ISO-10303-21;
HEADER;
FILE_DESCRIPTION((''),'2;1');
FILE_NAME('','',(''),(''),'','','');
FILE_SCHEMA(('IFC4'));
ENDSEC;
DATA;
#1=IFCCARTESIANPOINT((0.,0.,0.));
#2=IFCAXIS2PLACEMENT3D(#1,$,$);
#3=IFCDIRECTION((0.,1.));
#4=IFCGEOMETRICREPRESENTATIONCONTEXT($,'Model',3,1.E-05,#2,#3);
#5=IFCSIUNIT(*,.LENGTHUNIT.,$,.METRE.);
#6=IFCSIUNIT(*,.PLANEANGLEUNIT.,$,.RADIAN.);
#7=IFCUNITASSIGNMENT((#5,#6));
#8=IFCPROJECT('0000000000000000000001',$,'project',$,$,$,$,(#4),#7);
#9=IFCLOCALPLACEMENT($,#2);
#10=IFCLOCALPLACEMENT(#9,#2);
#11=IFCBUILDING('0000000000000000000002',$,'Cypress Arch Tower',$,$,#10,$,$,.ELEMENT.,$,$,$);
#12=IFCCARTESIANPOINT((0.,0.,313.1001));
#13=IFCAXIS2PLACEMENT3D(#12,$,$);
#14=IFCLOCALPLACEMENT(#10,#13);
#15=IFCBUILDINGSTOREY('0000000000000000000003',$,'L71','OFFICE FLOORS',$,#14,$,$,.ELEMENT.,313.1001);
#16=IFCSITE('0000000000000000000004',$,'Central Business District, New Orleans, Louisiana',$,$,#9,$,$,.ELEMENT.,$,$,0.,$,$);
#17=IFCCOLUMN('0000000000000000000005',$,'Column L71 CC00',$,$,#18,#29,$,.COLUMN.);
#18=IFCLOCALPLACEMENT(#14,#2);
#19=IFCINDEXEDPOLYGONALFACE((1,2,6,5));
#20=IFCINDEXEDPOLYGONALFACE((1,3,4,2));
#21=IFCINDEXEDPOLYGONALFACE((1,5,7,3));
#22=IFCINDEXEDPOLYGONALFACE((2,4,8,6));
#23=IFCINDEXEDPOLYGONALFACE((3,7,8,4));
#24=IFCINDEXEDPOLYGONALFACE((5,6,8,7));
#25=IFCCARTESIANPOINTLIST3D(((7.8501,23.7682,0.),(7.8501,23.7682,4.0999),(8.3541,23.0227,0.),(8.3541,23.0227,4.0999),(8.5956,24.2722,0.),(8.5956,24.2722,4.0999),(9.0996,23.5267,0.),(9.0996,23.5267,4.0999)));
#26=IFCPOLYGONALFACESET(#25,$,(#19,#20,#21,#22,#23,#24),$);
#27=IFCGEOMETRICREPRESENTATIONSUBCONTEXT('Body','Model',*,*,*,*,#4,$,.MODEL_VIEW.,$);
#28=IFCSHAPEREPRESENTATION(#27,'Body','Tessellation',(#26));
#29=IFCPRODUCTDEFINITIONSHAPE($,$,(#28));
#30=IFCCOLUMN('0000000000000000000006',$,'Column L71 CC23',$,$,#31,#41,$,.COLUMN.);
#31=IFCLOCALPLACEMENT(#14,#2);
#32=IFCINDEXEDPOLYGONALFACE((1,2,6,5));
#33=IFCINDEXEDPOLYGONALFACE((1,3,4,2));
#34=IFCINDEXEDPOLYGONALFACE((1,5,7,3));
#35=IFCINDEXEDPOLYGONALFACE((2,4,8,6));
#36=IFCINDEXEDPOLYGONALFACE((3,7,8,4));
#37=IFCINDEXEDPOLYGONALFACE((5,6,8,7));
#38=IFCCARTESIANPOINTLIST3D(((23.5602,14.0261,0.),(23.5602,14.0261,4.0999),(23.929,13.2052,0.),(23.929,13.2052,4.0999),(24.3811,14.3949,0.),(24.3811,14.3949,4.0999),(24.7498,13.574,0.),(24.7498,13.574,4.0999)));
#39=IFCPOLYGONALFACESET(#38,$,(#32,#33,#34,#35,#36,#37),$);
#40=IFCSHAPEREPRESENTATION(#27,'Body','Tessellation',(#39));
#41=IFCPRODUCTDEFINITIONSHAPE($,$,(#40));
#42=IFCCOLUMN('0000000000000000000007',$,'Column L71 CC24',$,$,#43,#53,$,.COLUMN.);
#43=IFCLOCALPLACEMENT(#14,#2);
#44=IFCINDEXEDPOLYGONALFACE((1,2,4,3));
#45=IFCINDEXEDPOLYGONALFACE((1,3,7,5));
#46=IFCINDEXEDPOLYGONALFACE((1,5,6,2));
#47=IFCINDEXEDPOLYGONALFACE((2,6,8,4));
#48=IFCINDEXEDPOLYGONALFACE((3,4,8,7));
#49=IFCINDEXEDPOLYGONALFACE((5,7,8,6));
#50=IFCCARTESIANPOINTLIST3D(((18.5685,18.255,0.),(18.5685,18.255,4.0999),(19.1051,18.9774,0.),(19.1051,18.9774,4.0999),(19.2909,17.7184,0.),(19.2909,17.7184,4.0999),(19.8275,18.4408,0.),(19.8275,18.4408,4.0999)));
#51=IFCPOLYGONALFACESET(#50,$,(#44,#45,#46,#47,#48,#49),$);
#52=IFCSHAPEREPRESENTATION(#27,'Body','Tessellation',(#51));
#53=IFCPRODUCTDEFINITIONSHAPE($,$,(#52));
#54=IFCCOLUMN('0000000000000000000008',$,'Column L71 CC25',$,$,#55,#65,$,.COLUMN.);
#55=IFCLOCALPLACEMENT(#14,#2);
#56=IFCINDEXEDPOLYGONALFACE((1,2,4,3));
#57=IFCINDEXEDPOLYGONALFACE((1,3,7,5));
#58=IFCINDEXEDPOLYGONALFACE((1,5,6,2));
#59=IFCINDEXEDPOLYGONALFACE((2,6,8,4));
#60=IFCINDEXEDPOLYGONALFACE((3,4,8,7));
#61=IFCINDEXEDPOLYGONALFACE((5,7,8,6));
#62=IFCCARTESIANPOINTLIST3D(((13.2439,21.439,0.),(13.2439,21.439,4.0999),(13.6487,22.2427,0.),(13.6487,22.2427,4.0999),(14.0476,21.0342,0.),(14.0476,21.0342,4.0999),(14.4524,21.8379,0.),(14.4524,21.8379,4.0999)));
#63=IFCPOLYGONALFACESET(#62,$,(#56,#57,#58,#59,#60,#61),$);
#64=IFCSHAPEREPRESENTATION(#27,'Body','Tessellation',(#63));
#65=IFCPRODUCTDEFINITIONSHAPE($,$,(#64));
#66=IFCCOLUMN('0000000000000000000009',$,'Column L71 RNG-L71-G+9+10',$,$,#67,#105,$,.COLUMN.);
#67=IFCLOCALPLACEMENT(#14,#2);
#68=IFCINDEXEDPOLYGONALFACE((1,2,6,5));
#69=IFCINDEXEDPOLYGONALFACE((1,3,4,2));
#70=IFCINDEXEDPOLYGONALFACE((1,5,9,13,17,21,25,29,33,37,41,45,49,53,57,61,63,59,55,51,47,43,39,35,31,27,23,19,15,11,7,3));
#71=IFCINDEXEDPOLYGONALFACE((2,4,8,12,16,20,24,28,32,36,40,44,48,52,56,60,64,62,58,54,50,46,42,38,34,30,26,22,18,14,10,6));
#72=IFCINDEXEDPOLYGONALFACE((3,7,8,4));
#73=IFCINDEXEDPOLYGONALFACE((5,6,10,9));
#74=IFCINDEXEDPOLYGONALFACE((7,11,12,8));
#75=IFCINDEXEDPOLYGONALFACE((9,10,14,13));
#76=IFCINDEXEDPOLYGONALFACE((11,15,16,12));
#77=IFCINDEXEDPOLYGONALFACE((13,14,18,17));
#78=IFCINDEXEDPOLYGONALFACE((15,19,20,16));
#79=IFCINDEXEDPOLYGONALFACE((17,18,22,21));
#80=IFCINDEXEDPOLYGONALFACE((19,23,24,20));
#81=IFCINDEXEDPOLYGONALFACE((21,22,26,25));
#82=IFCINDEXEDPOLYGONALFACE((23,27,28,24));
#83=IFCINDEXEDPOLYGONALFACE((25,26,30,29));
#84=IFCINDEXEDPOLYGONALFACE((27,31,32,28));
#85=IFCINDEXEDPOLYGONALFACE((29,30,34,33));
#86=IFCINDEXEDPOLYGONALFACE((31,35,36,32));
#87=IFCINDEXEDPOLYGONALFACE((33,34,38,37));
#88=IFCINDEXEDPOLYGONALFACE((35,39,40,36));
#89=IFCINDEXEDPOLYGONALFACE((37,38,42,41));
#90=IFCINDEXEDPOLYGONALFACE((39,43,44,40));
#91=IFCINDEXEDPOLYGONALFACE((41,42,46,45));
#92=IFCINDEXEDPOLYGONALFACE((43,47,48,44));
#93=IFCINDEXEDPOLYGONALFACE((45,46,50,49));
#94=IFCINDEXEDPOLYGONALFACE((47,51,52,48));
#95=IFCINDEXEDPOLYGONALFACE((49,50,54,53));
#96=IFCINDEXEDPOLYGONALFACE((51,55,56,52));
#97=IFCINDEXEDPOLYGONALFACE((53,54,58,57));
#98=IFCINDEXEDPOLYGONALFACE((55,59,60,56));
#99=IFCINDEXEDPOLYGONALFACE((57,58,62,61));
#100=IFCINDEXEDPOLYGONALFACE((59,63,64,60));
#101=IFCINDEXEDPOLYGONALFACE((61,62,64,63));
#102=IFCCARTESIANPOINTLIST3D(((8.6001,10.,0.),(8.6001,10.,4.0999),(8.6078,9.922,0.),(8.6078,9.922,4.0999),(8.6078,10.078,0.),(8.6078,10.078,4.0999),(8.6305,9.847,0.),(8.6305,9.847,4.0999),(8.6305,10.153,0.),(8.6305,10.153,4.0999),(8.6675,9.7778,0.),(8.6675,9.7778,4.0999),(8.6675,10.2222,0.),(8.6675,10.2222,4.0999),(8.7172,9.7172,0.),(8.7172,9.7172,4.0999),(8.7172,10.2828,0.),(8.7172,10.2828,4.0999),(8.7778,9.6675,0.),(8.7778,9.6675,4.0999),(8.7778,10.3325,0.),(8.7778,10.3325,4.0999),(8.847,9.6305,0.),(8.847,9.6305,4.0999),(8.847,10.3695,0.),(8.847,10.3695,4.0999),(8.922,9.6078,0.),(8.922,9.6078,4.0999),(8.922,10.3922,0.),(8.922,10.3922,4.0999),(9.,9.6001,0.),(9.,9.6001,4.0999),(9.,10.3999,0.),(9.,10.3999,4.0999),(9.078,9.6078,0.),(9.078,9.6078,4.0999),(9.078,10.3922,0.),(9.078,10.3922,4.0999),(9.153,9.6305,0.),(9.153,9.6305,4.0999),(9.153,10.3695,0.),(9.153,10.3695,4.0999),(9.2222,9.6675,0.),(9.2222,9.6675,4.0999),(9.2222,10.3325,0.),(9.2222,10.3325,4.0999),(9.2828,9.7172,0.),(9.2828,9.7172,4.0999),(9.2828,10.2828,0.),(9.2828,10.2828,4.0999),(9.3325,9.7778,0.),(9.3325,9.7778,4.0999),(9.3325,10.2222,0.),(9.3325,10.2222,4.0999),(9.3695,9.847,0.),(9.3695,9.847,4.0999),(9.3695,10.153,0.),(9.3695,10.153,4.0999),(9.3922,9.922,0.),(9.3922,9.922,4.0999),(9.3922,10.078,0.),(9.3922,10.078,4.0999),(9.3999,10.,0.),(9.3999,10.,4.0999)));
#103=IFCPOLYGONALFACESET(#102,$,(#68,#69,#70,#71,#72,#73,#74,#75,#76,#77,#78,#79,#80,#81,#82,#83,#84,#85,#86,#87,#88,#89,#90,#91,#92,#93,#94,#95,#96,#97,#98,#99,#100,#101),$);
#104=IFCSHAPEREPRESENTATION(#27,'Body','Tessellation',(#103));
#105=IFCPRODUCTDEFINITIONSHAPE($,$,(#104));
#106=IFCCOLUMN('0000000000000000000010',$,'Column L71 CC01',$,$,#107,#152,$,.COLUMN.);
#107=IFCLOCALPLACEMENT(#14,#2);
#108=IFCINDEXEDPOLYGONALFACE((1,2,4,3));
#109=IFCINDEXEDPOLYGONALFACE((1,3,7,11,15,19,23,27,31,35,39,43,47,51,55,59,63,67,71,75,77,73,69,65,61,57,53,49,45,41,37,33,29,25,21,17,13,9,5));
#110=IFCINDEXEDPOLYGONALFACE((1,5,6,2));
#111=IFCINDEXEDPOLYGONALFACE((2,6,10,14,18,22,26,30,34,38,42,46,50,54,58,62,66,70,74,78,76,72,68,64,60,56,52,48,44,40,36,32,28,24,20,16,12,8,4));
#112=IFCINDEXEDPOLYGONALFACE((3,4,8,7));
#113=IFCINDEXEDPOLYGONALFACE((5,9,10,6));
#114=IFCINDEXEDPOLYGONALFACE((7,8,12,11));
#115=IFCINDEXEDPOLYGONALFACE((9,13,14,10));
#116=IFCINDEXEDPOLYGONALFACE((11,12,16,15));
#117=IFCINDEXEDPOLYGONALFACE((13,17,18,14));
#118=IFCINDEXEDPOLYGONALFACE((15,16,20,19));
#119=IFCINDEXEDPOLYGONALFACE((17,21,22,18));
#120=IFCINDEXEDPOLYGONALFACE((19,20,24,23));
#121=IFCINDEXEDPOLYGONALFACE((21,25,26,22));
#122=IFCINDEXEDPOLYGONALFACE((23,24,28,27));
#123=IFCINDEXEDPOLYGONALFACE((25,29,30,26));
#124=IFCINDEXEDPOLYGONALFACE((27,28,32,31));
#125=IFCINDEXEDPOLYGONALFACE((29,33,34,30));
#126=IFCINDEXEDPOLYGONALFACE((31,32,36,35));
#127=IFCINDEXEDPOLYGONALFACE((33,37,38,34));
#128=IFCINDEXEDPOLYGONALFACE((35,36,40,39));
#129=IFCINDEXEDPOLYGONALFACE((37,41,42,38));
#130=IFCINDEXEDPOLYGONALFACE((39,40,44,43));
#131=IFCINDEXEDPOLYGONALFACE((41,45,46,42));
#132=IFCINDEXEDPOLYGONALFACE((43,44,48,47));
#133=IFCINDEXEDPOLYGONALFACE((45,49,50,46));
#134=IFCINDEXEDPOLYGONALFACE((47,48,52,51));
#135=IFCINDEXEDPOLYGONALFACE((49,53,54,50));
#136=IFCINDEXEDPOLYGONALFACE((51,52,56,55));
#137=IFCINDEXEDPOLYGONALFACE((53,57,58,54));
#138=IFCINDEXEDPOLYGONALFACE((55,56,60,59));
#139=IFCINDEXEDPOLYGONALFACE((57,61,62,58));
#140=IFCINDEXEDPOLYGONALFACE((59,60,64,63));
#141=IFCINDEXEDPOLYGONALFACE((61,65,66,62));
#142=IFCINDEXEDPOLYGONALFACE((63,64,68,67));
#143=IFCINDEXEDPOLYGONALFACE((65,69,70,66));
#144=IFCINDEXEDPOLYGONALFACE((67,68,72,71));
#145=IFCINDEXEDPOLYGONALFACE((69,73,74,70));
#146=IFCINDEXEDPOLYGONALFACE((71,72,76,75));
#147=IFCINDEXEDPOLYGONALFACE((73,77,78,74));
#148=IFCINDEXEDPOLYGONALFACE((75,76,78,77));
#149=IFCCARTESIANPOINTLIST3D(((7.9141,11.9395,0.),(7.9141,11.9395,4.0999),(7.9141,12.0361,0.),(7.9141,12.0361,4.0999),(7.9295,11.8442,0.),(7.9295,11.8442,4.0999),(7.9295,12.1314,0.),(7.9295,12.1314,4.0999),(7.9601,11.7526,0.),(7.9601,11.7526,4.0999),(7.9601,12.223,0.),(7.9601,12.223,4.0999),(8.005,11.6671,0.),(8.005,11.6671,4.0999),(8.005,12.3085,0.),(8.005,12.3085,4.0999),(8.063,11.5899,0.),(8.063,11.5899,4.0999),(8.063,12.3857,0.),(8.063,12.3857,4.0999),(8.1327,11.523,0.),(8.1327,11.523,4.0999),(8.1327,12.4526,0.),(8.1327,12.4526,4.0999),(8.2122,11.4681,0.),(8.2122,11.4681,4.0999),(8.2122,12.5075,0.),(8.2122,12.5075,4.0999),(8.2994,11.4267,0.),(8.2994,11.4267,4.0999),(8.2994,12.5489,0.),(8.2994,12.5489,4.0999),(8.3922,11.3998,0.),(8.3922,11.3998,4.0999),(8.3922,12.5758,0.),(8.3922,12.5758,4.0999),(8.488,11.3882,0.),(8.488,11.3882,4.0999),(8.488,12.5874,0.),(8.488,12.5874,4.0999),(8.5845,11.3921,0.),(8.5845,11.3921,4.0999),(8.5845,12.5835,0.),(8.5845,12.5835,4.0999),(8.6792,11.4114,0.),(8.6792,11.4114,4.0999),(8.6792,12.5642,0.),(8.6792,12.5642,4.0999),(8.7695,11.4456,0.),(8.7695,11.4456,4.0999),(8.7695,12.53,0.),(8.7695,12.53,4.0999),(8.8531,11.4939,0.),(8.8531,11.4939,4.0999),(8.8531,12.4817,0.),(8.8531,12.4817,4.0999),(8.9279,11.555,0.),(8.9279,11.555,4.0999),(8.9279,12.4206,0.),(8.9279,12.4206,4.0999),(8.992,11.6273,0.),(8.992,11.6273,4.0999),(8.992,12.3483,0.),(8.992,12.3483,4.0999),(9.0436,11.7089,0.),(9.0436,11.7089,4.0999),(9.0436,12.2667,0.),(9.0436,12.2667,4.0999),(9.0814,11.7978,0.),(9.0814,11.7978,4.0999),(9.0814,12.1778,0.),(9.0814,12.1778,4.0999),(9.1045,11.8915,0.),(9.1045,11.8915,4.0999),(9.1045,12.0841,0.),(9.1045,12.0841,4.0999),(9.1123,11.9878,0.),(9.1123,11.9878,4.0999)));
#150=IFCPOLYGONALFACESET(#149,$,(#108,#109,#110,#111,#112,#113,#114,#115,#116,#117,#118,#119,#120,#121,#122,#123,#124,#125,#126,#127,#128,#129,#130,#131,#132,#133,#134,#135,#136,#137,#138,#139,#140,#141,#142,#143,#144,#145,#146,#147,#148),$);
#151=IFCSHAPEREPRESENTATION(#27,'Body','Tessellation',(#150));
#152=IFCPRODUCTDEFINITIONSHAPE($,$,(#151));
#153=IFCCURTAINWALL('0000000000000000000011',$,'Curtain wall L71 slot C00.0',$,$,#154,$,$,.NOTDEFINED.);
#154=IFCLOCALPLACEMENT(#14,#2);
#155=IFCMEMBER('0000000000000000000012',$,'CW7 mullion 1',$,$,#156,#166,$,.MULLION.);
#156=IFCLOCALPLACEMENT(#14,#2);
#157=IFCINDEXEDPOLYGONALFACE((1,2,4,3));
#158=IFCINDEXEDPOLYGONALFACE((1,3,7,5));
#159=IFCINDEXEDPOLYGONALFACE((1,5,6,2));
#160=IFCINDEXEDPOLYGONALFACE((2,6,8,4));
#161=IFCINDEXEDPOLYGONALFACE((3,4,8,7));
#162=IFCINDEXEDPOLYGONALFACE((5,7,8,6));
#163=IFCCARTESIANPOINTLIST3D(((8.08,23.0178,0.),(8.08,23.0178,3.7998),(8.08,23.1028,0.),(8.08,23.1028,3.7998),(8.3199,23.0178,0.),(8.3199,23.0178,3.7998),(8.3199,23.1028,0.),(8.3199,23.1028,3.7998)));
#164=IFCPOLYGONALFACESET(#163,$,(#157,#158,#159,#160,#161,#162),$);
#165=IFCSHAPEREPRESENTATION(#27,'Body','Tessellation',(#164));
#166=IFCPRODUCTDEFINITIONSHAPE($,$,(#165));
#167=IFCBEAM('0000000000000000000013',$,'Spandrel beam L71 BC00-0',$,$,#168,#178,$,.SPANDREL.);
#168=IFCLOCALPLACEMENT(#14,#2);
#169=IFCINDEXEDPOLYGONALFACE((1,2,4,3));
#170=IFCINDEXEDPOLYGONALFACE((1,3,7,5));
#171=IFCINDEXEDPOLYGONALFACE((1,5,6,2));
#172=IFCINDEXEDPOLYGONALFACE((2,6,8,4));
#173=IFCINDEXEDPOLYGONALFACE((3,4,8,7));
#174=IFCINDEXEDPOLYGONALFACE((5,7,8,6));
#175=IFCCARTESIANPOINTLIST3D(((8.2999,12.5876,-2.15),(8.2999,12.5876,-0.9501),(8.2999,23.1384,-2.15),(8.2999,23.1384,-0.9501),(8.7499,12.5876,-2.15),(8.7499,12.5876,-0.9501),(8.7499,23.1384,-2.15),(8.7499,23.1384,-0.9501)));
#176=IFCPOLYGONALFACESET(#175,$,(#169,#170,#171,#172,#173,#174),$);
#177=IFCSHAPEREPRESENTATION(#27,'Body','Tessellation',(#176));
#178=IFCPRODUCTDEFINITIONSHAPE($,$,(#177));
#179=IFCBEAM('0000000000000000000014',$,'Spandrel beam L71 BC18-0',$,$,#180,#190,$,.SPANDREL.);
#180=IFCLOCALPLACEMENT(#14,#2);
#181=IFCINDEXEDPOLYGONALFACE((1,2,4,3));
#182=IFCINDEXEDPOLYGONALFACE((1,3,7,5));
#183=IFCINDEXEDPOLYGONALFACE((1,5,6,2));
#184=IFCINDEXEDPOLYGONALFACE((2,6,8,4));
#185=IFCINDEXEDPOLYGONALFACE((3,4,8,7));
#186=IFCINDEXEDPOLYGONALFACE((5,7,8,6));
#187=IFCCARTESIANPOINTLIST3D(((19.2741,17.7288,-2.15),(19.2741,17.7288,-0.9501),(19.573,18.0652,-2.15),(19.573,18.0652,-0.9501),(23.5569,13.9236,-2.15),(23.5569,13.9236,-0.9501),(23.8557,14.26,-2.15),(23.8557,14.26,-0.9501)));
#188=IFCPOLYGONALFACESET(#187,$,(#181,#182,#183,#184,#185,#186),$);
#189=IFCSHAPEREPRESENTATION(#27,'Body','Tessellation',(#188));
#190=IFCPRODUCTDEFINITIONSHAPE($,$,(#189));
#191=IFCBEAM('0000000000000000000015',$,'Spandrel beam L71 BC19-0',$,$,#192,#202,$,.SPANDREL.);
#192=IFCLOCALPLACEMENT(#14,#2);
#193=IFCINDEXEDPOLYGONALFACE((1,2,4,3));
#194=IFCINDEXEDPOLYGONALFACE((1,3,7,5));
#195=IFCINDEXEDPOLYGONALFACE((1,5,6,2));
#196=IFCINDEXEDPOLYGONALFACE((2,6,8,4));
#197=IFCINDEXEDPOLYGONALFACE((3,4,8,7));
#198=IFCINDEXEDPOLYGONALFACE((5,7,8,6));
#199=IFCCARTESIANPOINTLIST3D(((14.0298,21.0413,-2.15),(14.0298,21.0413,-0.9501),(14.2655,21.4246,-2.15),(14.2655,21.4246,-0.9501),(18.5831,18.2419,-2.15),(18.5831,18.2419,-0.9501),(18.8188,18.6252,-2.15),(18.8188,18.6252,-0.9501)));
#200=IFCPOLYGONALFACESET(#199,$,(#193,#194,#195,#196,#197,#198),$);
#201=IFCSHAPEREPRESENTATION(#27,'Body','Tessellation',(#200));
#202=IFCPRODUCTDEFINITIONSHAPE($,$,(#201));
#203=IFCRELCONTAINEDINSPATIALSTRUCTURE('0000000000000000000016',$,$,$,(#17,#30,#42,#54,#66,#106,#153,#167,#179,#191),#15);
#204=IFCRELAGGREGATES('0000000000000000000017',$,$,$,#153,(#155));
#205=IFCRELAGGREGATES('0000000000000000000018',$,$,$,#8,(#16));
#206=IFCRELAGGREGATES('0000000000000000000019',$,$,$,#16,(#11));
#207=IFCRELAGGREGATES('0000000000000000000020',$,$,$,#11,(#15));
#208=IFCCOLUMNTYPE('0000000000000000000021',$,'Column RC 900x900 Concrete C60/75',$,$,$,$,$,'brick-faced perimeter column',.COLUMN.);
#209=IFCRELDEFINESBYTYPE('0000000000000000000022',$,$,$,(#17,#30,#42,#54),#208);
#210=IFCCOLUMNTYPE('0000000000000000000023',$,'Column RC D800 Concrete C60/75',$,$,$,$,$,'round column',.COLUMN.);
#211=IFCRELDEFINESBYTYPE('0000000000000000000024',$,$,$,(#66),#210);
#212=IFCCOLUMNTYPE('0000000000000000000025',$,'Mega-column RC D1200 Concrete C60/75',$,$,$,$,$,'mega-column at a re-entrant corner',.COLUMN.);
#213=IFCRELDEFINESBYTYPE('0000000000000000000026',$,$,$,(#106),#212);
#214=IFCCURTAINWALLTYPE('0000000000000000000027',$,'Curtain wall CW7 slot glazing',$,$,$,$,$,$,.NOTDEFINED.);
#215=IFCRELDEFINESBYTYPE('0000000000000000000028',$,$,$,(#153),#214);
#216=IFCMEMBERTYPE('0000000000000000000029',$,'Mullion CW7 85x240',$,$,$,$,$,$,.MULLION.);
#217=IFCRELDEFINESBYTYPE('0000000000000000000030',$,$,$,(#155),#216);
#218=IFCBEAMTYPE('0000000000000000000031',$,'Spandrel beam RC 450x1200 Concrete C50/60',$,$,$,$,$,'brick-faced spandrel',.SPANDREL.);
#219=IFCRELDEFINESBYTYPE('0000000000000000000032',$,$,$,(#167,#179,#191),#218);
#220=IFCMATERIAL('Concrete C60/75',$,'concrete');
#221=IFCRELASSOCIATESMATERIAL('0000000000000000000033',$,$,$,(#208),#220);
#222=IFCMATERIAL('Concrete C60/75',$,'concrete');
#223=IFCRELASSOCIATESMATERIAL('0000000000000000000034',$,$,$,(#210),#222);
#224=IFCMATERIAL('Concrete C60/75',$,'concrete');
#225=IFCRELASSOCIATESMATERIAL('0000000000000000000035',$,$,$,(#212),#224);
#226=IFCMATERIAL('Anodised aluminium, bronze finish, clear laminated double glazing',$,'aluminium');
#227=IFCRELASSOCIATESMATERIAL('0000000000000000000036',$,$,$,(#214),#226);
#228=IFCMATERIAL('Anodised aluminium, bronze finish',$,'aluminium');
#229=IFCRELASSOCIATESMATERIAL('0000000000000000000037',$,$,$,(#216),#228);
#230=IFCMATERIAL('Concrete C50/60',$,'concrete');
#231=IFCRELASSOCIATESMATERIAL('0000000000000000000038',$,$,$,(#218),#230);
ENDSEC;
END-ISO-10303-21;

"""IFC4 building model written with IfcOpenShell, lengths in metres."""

from ifc_helpers import new_model, si_unit, direction, frame, origin, origin_2d, place, context, subcontext, project, spatial, rectangle, circle, extrude, material, material_profile, profile_set, type_object, element, aggregate, save


model = new_model("IFC4")

# Units and contexts
model_context = context("Model", 3, precision=1e-05, world=origin(), true_north=direction((0.0, 1.0)))
body_context = subcontext(model_context, "Body", "Model", "MODEL_VIEW")
ifc_project = project(units=[si_unit("LENGTHUNIT", "METRE"), si_unit("PLANEANGLEUNIT", "RADIAN")], contexts=[model_context])

# Site, building, storey
site_placement = place(None, origin())
site = spatial("IfcSite", under=ifc_project, at=site_placement, Name="Central Business District, New Orleans, Louisiana", CompositionType="ELEMENT", RefElevation=0.0)
building_placement = place(site_placement, origin())
building = spatial("IfcBuilding", under=site, at=building_placement, Name="Cypress Arch Tower", CompositionType="ELEMENT")
storey_placement = place(building_placement, frame((0.0, 0.0, 313.1001)))
storey = spatial("IfcBuildingStorey", under=building, at=storey_placement, Name="L71", Description="OFFICE FLOORS", CompositionType="ELEMENT", Elevation=313.1001)

# Columns
ifc_material_1 = material(Name="Concrete C60/75", Category="concrete")
ifc_material_profile_1 = material_profile(ifc_material_1, rectangle(XDim=0.8999, YDim=0.8999, at=origin_2d()), Name="RC 900x900")
ifc_profile_set_1 = profile_set([ifc_material_profile_1], Name="Concrete C60/75")
column_type_1 = type_object("IfcColumnType", Name="Column RC 900x900 Concrete C60/75", ElementType="brick-faced perimeter column", PredefinedType="COLUMN", material=ifc_profile_set_1)
for number, where, z_axis, x_axis, name in (
    (1, (8.4749, 23.6475, 0.0), (0.0, 0.0, 1.0), (-0.82847, -0.560034, 0.0), "Column L71 CC00"),
    (2, (24.155, 13.8, 0.0), (0.0, 0.0, 1.0), (-0.409765, 0.912191, 0.0), "Column L71 CC23"),
    (3, (19.198, 18.3479, 0.0), (0.0, 0.0, 1.0), (-0.802799, 0.59625, 0.0), "Column L71 CC24"),
    (4, (13.8481, 21.6384, 0.0), (0.0, 0.0, 1.0), (-0.893106, 0.449845, 0.0), "Column L71 CC25"),
):
    element("IfcColumn", number, at=place(storey_placement, frame(where, z_axis=z_axis, x_axis=x_axis)), inside=storey, type_object=column_type_1, Name=name, PredefinedType="COLUMN", context=body_context, shape_type="SweptSolid", body=[
        extrude(rectangle(XDim=0.8999, YDim=0.8999, at=origin_2d()), origin(), (0.0, 0.0, 1.0), 4.0999),
    ])
ifc_material_2 = material(Name="Concrete C60/75", Category="concrete")
ifc_material_profile_2 = material_profile(ifc_material_2, circle(Radius=0.3999, at=origin_2d()), Name="RC D800")
ifc_profile_set_2 = profile_set([ifc_material_profile_2], Name="Concrete C60/75")
column_type_2 = type_object("IfcColumnType", Name="Column RC D800 Concrete C60/75", ElementType="round column", PredefinedType="COLUMN", material=ifc_profile_set_2)
column_1_placement = place(storey_placement, frame((9.0, 10.0, 0.0), z_axis=(0.0, 0.0, 1.0), x_axis=(1.0, 0.0, 0.0)))
element("IfcColumn", 5, at=column_1_placement, inside=storey, type_object=column_type_2, Name="Column L71 RNG-L71-G+9+10", PredefinedType="COLUMN", context=body_context, shape_type="SweptSolid", body=[
    extrude(circle(Radius=0.3999, at=origin_2d()), origin(), (0.0, 0.0, 1.0), 4.0999),
])
ifc_material_3 = material(Name="Concrete C60/75", Category="concrete")
ifc_material_profile_3 = material_profile(ifc_material_3, circle(Radius=0.6001, at=origin_2d()), Name="RC D1200")
ifc_profile_set_3 = profile_set([ifc_material_profile_3], Name="Concrete C60/75")
column_type_3 = type_object("IfcColumnType", Name="Mega-column RC D1200 Concrete C60/75", ElementType="mega-column at a re-entrant corner", PredefinedType="COLUMN", material=ifc_profile_set_3)
column_2_placement = place(storey_placement, frame((8.5122, 11.9878, 0.0), z_axis=(0.0, 0.0, 1.0), x_axis=(1.0, 0.0, 0.0)))
element("IfcColumn", 6, at=column_2_placement, inside=storey, type_object=column_type_3, Name="Column L71 CC01", PredefinedType="COLUMN", context=body_context, shape_type="SweptSolid", body=[
    extrude(circle(Radius=0.6001, at=origin_2d()), origin(), (0.0, 0.0, 1.0), 4.0999),
])

# Curtain wall, member
ifc_material_4 = material(Name="Anodised aluminium, bronze finish, clear laminated double glazing", Category="aluminium")
curtain_wall_type = type_object("IfcCurtainWallType", Name="Curtain wall CW7 slot glazing", PredefinedType="NOTDEFINED", material=ifc_material_4)
curtain_wall_placement = place(storey_placement, origin())
curtain_wall = element("IfcCurtainWall", 7, at=curtain_wall_placement, inside=storey, type_object=curtain_wall_type, Name="Curtain wall L71 slot C00.0", PredefinedType="NOTDEFINED")
ifc_material_5 = material(Name="Anodised aluminium, bronze finish", Category="aluminium")
ifc_material_profile_4 = material_profile(ifc_material_5, rectangle(XDim=0.24, YDim=0.085, at=origin_2d()), Name="Mullion 85x240")
ifc_profile_set_4 = profile_set([ifc_material_profile_4], Name="Anodised aluminium, bronze finish")
member_type = type_object("IfcMemberType", Name="Mullion CW7 85x240", PredefinedType="MULLION", material=ifc_profile_set_4)
member_placement = place(storey_placement, frame((8.2, 23.0603, 0.0), z_axis=(0.0, 0.0, 1.0), x_axis=(1.0, 0.0, 0.0)))
member = element("IfcMember", 8, at=member_placement, type_object=member_type, Name="CW7 mullion 1", PredefinedType="MULLION", context=body_context, shape_type="SweptSolid", body=[
    extrude(rectangle(XDim=0.24, YDim=0.085, at=origin_2d()), origin(), (0.0, 0.0, 1.0), 3.7998),
])
aggregate(curtain_wall, [member])

# Beams
ifc_material_6 = material(Name="Concrete C50/60", Category="concrete")
ifc_material_profile_5 = material_profile(ifc_material_6, rectangle(XDim=0.45, YDim=1.2, at=origin_2d()), Name="RC 450x1200")
ifc_profile_set_5 = profile_set([ifc_material_profile_5], Name="Concrete C50/60")
beam_type = type_object("IfcBeamType", Name="Spandrel beam RC 450x1200 Concrete C50/60", ElementType="brick-faced spandrel", PredefinedType="SPANDREL", material=ifc_profile_set_5)
beam_1_placement = place(storey_placement, frame((8.5249, 23.1384, -1.55), z_axis=(0.0, -1.0, 0.0), x_axis=(1.0, 0.0, 0.0)))
element("IfcBeam", 9, at=beam_1_placement, inside=storey, type_object=beam_type, Name="Spandrel beam L71 BC00-0", PredefinedType="SPANDREL", context=body_context, shape_type="SweptSolid", body=[
    extrude(rectangle(XDim=0.45, YDim=1.2, at=origin_2d()), origin(), (0.0, 0.0, 1.0), 10.5508),
])
beam_2_placement = place(storey_placement, frame((23.7063, 14.0918, -1.55), z_axis=(-0.747555, 0.6642, 0.0), x_axis=(-0.6642, -0.747555, 0.0)))
element("IfcBeam", 10, at=beam_2_placement, inside=storey, type_object=beam_type, Name="Spandrel beam L71 BC18-0", PredefinedType="SPANDREL", context=body_context, shape_type="SweptSolid", body=[
    extrude(rectangle(XDim=0.45, YDim=1.2, at=origin_2d()), origin(), (0.0, 0.0, 1.0), 5.729),
])
beam_3_placement = place(storey_placement, frame((18.7009, 18.4336, -1.55), z_axis=(-0.851881, 0.523735, 0.0), x_axis=(-0.523735, -0.851881, 0.0)))
element("IfcBeam", 11, at=beam_3_placement, inside=storey, type_object=beam_type, Name="Spandrel beam L71 BC19-0", PredefinedType="SPANDREL", context=body_context, shape_type="SweptSolid", body=[
    extrude(rectangle(XDim=0.45, YDim=1.2, at=origin_2d()), origin(), (0.0, 0.0, 1.0), 5.345),
])

save(model, "model.ifc")
